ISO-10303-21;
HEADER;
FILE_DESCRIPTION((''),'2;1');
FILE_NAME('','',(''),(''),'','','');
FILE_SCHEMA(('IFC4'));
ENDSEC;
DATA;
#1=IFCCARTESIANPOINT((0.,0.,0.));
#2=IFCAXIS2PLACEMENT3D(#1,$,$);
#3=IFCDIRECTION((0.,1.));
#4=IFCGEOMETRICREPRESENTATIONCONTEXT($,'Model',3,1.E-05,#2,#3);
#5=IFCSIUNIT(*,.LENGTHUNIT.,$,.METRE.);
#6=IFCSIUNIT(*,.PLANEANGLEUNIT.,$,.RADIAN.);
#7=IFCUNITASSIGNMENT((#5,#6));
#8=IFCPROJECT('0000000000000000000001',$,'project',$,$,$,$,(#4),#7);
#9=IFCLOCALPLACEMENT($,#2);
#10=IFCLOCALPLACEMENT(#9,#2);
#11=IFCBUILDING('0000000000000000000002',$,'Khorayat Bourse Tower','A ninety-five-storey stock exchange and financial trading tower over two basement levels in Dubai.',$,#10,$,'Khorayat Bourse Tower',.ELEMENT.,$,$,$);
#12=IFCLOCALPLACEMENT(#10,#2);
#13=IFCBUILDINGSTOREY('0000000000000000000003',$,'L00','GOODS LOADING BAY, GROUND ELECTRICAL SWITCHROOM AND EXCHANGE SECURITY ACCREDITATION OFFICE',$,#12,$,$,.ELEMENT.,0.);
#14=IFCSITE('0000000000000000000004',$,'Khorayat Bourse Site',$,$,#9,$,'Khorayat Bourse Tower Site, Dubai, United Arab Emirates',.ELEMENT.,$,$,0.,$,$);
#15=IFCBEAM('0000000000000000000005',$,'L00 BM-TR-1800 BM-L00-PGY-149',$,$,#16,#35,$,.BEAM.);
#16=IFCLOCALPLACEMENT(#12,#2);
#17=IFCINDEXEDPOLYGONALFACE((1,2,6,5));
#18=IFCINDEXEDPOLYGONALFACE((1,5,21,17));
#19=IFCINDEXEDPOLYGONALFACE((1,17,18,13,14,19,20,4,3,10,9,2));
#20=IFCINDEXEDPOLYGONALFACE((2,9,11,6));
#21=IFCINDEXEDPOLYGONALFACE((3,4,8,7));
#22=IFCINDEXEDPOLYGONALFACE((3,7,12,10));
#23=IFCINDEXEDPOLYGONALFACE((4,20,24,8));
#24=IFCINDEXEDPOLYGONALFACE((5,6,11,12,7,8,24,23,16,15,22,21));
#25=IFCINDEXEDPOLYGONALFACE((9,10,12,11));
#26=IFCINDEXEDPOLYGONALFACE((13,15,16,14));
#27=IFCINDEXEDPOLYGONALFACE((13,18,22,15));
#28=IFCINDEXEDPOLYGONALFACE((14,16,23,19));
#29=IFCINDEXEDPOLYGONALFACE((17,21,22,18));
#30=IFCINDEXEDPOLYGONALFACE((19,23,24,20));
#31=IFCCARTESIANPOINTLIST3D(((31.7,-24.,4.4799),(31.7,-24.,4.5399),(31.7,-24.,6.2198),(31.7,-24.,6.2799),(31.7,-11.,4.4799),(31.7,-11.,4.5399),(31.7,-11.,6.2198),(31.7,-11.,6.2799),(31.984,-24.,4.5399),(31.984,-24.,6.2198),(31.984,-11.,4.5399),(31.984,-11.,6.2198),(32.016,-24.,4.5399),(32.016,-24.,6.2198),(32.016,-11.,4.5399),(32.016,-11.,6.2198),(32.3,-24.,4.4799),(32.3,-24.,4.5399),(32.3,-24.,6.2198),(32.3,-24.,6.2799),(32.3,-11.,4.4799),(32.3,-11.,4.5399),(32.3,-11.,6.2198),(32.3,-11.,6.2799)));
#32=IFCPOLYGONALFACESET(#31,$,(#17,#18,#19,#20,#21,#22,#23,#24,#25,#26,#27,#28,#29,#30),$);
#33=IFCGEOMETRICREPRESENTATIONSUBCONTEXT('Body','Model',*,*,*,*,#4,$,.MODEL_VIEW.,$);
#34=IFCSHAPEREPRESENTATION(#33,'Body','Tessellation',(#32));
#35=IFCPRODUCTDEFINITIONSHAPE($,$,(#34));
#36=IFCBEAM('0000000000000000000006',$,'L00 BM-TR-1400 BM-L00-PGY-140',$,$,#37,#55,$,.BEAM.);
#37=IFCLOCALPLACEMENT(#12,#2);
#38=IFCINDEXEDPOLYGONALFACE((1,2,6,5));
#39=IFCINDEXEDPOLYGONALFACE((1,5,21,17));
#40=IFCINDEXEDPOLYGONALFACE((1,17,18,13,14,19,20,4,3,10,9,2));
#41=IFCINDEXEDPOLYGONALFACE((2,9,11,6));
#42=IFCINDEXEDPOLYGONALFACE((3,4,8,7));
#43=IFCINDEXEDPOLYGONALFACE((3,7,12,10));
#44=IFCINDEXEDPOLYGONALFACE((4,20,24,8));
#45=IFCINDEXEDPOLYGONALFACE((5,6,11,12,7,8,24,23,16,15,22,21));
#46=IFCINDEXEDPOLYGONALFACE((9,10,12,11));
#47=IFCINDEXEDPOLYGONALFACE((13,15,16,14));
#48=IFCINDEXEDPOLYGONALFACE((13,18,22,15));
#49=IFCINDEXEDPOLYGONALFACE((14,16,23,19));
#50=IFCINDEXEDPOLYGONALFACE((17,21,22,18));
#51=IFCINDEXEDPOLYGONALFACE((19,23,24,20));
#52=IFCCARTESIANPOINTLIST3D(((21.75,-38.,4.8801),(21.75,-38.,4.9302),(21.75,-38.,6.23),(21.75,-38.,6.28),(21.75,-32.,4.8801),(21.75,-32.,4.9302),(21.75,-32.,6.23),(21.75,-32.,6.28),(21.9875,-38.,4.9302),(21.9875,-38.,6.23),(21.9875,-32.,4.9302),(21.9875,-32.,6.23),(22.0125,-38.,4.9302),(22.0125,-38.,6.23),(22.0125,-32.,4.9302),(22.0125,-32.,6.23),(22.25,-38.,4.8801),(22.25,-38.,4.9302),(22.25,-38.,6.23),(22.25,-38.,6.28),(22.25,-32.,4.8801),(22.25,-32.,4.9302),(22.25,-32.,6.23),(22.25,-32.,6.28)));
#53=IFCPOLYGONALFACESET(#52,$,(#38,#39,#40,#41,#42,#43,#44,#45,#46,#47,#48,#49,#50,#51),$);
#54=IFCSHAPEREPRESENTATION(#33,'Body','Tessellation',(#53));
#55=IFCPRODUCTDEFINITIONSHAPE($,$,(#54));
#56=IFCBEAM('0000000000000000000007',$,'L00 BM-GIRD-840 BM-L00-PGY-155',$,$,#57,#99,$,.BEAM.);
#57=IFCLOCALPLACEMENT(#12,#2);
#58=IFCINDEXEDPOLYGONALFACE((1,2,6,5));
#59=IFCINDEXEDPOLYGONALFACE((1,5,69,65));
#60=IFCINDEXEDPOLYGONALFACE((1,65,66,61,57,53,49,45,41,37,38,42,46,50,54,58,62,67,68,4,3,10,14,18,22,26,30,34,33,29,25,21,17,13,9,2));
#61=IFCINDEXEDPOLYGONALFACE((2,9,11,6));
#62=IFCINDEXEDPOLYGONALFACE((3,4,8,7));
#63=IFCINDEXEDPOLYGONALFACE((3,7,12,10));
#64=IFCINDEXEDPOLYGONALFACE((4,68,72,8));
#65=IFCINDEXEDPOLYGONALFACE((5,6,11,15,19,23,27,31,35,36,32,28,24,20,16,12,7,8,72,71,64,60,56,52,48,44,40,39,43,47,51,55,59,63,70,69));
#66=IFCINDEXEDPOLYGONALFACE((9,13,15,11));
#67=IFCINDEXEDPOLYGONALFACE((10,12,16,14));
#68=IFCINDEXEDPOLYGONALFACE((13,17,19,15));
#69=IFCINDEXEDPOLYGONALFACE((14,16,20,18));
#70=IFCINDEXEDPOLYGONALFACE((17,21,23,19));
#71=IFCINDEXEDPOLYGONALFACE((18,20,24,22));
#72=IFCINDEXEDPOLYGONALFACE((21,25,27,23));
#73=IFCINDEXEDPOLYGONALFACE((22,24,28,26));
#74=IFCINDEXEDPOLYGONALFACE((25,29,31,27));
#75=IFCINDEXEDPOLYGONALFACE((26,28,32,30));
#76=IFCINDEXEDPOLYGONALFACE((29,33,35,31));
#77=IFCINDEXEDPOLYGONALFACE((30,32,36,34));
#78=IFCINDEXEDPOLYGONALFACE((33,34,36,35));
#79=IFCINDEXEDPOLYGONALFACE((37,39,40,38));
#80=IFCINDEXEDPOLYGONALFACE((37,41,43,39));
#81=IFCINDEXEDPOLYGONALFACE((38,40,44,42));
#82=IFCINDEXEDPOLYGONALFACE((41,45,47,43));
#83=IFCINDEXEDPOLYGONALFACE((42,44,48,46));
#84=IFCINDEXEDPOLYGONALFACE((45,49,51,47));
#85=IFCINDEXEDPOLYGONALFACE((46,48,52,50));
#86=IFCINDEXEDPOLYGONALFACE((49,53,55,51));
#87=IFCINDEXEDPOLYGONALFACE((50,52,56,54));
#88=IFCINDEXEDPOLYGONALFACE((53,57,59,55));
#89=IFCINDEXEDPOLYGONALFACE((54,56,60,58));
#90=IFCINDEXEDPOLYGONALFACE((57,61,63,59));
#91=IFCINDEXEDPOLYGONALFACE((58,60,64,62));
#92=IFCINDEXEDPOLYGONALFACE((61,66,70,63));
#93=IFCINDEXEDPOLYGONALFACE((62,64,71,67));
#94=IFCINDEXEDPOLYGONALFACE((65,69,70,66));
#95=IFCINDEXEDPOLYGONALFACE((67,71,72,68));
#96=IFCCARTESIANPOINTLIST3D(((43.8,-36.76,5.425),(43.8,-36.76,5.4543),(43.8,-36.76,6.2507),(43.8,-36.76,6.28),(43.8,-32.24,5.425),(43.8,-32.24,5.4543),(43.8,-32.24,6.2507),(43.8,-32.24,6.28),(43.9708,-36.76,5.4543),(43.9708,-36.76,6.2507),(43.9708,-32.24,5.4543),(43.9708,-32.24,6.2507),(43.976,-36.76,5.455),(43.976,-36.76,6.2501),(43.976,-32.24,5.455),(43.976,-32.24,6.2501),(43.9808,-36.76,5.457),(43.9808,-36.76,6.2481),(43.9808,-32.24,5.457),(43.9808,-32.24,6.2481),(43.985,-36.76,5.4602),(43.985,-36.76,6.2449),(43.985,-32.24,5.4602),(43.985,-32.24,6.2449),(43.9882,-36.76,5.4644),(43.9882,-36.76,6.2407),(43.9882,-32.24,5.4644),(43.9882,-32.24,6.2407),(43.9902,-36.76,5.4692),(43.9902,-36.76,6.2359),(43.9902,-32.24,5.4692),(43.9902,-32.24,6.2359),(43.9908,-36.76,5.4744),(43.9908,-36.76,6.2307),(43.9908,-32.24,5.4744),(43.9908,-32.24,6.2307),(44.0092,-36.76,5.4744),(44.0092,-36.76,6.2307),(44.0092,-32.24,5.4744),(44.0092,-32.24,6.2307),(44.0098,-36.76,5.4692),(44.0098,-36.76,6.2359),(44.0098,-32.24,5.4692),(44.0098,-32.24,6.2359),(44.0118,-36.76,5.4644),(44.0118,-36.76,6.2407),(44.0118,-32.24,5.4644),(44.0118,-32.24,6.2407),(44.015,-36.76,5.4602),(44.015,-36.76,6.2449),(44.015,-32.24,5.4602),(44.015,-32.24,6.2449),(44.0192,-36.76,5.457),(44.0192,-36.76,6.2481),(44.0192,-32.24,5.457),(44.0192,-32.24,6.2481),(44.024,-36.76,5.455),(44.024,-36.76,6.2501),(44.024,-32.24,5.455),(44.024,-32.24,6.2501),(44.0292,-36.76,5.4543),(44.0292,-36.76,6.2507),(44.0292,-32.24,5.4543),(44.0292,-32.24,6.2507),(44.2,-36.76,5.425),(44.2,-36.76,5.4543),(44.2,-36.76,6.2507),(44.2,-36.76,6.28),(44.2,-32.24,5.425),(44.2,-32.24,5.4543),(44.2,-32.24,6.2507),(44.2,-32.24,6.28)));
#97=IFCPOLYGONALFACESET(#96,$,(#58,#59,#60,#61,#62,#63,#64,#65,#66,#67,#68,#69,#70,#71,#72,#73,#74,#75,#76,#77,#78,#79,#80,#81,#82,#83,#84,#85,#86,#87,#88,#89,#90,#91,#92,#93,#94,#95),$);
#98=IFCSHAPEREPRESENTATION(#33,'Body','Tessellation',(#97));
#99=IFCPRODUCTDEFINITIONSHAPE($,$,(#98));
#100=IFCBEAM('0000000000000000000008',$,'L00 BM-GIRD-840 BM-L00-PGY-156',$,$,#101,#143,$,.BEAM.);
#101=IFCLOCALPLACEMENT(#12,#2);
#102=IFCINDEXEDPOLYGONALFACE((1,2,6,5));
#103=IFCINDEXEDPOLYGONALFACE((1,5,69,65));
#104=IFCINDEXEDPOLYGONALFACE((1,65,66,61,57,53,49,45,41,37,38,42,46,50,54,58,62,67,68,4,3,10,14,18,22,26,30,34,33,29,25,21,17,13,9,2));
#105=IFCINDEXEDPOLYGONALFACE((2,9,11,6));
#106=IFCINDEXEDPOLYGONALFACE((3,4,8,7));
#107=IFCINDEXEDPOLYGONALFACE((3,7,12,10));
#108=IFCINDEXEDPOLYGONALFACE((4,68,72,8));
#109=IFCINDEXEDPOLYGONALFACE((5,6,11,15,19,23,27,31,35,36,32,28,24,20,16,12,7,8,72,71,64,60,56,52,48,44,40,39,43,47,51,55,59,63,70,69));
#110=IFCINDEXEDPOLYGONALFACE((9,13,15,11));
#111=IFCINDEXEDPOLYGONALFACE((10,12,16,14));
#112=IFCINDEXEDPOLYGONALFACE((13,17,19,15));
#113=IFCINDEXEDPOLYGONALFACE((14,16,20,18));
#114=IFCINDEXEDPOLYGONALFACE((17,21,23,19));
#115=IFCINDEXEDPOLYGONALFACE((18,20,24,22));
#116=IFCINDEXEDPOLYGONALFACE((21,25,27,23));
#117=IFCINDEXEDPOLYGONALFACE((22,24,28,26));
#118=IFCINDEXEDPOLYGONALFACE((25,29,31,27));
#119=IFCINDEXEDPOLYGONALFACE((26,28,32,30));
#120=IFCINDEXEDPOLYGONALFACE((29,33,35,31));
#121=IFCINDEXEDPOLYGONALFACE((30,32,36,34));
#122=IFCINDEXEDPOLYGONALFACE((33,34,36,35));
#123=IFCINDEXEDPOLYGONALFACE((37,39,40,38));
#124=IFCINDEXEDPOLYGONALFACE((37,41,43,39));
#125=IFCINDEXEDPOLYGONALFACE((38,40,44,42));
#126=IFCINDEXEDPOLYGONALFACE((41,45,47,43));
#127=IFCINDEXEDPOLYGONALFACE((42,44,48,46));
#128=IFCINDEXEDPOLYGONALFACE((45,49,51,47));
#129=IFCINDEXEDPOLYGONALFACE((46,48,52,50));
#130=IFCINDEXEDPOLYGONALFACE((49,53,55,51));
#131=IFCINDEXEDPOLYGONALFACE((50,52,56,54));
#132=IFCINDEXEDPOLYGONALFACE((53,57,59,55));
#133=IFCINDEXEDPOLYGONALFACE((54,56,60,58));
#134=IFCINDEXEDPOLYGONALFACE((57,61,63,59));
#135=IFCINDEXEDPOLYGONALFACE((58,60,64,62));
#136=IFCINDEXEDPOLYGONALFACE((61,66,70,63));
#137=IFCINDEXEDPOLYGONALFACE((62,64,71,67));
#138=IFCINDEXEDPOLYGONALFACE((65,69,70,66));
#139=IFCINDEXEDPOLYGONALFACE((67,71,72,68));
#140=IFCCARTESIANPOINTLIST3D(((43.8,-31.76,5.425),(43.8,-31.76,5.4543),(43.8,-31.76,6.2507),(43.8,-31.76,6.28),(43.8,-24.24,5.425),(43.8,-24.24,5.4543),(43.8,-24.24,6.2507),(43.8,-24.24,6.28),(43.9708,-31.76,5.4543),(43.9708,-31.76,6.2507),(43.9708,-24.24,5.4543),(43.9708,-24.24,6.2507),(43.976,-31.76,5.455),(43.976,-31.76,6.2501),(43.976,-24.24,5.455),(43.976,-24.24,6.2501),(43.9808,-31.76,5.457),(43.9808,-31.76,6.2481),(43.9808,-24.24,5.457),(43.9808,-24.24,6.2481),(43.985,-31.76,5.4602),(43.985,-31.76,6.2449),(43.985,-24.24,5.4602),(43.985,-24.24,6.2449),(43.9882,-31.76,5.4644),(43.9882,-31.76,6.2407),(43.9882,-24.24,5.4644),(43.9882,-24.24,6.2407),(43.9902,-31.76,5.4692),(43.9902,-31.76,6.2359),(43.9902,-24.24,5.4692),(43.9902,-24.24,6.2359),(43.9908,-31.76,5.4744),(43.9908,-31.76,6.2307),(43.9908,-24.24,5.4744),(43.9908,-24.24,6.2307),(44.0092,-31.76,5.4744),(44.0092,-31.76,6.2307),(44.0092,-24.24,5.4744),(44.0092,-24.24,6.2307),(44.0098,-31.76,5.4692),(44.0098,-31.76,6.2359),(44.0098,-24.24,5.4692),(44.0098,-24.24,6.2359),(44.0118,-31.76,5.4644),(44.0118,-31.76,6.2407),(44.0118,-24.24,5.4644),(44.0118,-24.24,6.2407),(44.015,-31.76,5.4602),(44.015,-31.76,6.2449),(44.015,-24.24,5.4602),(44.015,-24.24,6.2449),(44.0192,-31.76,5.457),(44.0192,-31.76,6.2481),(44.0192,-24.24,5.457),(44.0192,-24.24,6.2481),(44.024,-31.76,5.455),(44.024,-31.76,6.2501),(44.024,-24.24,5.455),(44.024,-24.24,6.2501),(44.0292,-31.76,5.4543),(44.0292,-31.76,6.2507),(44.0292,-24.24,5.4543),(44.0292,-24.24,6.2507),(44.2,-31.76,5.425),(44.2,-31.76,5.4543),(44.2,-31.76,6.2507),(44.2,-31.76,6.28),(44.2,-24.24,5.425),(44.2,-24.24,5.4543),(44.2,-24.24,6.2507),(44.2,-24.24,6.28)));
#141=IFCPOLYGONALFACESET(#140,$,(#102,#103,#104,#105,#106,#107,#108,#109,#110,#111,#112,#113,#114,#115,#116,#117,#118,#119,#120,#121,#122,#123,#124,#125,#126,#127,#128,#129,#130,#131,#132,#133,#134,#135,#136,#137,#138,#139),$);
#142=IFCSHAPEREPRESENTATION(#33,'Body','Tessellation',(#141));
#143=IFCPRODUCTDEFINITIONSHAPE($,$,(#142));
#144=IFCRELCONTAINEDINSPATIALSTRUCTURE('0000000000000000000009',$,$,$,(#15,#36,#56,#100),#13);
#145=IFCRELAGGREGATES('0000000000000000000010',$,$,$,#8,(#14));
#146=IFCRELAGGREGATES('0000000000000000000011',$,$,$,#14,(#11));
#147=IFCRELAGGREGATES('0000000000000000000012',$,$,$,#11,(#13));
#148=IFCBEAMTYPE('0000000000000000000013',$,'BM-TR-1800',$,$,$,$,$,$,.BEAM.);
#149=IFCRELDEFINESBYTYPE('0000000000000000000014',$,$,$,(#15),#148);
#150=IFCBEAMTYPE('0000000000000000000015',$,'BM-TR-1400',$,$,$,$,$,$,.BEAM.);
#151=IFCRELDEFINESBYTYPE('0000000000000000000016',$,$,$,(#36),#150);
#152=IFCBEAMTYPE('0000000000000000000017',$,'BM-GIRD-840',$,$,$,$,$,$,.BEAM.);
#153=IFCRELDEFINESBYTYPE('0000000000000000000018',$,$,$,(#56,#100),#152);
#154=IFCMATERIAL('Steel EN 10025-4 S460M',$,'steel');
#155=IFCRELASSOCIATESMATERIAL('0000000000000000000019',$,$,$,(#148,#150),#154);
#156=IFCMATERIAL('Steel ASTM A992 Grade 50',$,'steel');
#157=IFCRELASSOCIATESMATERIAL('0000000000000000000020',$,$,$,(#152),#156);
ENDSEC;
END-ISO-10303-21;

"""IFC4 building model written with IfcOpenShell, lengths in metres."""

from ifc_helpers import new_model, si_unit, direction, frame, origin, origin_2d, place, context, subcontext, project, spatial, i_section, extrude, source, transform, mapped, material, material_profile, profile_set, type_object, element, save


model = new_model("IFC4")

# Units and contexts
model_context = context("Model", 3, precision=1e-05, world=origin(), true_north=direction((0.0, 1.0)))
body_context = subcontext(model_context, "Body", "Model", "MODEL_VIEW")
ifc_project = project(units=[si_unit("LENGTHUNIT", "METRE"), si_unit("PLANEANGLEUNIT", "RADIAN")], contexts=[model_context])

# Site, building, storey
site_placement = place(None, origin())
site = spatial("IfcSite", under=ifc_project, at=site_placement, Name="Khorayat Bourse Site", LongName="Khorayat Bourse Tower Site, Dubai, United Arab Emirates", CompositionType="ELEMENT", RefElevation=0.0)
building_placement = place(site_placement, origin())
building = spatial("IfcBuilding", under=site, at=building_placement, Name="Khorayat Bourse Tower", Description="A ninety-five-storey stock exchange and financial trading tower over two basement levels in Dubai.", LongName="Khorayat Bourse Tower", CompositionType="ELEMENT")
storey_placement = place(building_placement, origin())
storey = spatial("IfcBuildingStorey", under=building, at=storey_placement, Name="L00", Description="GOODS LOADING BAY, GROUND ELECTRICAL SWITCHROOM AND EXCHANGE SECURITY ACCREDITATION OFFICE", CompositionType="ELEMENT", Elevation=0.0)

# Beams
ifc_material_1 = material(Name="Steel EN 10025-4 S460M", Category="steel")
ifc_material_profile_1 = material_profile(ifc_material_1, i_section(OverallWidth=0.6001, OverallDepth=1.8, WebThickness=0.032, FlangeThickness=0.0601, at=origin_2d()), Name="PG 1800x600x32x60")
ifc_profile_set_1 = profile_set([ifc_material_profile_1], Name="Steel EN 10025-4 S460M")
beam_type_1 = type_object("IfcBeamType", Name="BM-TR-1800", PredefinedType="BEAM", material=ifc_profile_set_1)
shared_shape_1 = source(origin(), body_context, "Body", "SweptSolid", [
    extrude(i_section(OverallWidth=0.6001, OverallDepth=1.8, WebThickness=0.032, FlangeThickness=0.0601, at=origin_2d()), origin(), (0.0, 0.0, 1.0), 13.0),
])
beam_1_placement = place(storey_placement, frame((32.0, -24.0, 5.3799), z_axis=(0.0, 1.0, 0.0), x_axis=(-1.0, 0.0, 0.0)))
element("IfcBeam", 1, at=beam_1_placement, inside=storey, type_object=beam_type_1, Name="L00 BM-TR-1800 BM-L00-PGY-149", PredefinedType="BEAM", context=body_context, shape_type="MappedRepresentation", body=[
    mapped(shared_shape_1, transform((0.0, 0.0, 0.0), scale=1.0)),
])
ifc_material_profile_2 = material_profile(ifc_material_1, i_section(OverallWidth=0.5, OverallDepth=1.3999, WebThickness=0.0249, FlangeThickness=0.05, at=origin_2d()), Name="PG 1400x500x25x50")
ifc_profile_set_2 = profile_set([ifc_material_profile_2], Name="Steel EN 10025-4 S460M")
beam_type_2 = type_object("IfcBeamType", Name="BM-TR-1400", PredefinedType="BEAM", material=ifc_profile_set_2)
shared_shape_2 = source(origin(), body_context, "Body", "SweptSolid", [
    extrude(i_section(OverallWidth=0.5, OverallDepth=1.3999, WebThickness=0.0249, FlangeThickness=0.05, at=origin_2d()), origin(), (0.0, 0.0, 1.0), 6.0),
])
beam_2_placement = place(storey_placement, frame((22.0, -38.0, 5.5801), z_axis=(0.0, 1.0, 0.0), x_axis=(-1.0, 0.0, 0.0)))
element("IfcBeam", 2, at=beam_2_placement, inside=storey, type_object=beam_type_2, Name="L00 BM-TR-1400 BM-L00-PGY-140", PredefinedType="BEAM", context=body_context, shape_type="MappedRepresentation", body=[
    mapped(shared_shape_2, transform((0.0, 0.0, 0.0), scale=1.0)),
])
ifc_material_2 = material(Name="Steel ASTM A992 Grade 50", Category="steel")
ifc_material_profile_3 = material_profile(ifc_material_2, i_section(OverallWidth=0.3999, OverallDepth=0.855, WebThickness=0.0183, FlangeThickness=0.0293, FilletRadius=0.02, at=origin_2d()), Name="W840X299")
ifc_profile_set_3 = profile_set([ifc_material_profile_3], Name="Steel ASTM A992 Grade 50")
beam_type_3 = type_object("IfcBeamType", Name="BM-GIRD-840", PredefinedType="BEAM", material=ifc_profile_set_3)
shared_shape_3 = source(origin(), body_context, "Body", "SweptSolid", [
    extrude(i_section(OverallWidth=0.3999, OverallDepth=0.855, WebThickness=0.0183, FlangeThickness=0.0293, FilletRadius=0.02, at=origin_2d()), origin(), (0.0, 0.0, 1.0), 4.52),
])
beam_3_placement = place(storey_placement, frame((44.0, -36.76, 5.8525), z_axis=(0.0, 1.0, 0.0), x_axis=(-1.0, 0.0, 0.0)))
element("IfcBeam", 3, at=beam_3_placement, inside=storey, type_object=beam_type_3, Name="L00 BM-GIRD-840 BM-L00-PGY-155", PredefinedType="BEAM", context=body_context, shape_type="MappedRepresentation", body=[
    mapped(shared_shape_3, transform((0.0, 0.0, 0.0), scale=1.0)),
])
shared_shape_4 = source(origin(), body_context, "Body", "SweptSolid", [
    extrude(i_section(OverallWidth=0.3999, OverallDepth=0.855, WebThickness=0.0183, FlangeThickness=0.0293, FilletRadius=0.02, at=origin_2d()), origin(), (0.0, 0.0, 1.0), 7.52),
])
beam_4_placement = place(storey_placement, frame((44.0, -31.76, 5.8525), z_axis=(0.0, 1.0, 0.0), x_axis=(-1.0, 0.0, 0.0)))
element("IfcBeam", 4, at=beam_4_placement, inside=storey, type_object=beam_type_3, Name="L00 BM-GIRD-840 BM-L00-PGY-156", PredefinedType="BEAM", context=body_context, shape_type="MappedRepresentation", body=[
    mapped(shared_shape_4, transform((0.0, 0.0, 0.0), scale=1.0)),
])

save(model, "model.ifc")
